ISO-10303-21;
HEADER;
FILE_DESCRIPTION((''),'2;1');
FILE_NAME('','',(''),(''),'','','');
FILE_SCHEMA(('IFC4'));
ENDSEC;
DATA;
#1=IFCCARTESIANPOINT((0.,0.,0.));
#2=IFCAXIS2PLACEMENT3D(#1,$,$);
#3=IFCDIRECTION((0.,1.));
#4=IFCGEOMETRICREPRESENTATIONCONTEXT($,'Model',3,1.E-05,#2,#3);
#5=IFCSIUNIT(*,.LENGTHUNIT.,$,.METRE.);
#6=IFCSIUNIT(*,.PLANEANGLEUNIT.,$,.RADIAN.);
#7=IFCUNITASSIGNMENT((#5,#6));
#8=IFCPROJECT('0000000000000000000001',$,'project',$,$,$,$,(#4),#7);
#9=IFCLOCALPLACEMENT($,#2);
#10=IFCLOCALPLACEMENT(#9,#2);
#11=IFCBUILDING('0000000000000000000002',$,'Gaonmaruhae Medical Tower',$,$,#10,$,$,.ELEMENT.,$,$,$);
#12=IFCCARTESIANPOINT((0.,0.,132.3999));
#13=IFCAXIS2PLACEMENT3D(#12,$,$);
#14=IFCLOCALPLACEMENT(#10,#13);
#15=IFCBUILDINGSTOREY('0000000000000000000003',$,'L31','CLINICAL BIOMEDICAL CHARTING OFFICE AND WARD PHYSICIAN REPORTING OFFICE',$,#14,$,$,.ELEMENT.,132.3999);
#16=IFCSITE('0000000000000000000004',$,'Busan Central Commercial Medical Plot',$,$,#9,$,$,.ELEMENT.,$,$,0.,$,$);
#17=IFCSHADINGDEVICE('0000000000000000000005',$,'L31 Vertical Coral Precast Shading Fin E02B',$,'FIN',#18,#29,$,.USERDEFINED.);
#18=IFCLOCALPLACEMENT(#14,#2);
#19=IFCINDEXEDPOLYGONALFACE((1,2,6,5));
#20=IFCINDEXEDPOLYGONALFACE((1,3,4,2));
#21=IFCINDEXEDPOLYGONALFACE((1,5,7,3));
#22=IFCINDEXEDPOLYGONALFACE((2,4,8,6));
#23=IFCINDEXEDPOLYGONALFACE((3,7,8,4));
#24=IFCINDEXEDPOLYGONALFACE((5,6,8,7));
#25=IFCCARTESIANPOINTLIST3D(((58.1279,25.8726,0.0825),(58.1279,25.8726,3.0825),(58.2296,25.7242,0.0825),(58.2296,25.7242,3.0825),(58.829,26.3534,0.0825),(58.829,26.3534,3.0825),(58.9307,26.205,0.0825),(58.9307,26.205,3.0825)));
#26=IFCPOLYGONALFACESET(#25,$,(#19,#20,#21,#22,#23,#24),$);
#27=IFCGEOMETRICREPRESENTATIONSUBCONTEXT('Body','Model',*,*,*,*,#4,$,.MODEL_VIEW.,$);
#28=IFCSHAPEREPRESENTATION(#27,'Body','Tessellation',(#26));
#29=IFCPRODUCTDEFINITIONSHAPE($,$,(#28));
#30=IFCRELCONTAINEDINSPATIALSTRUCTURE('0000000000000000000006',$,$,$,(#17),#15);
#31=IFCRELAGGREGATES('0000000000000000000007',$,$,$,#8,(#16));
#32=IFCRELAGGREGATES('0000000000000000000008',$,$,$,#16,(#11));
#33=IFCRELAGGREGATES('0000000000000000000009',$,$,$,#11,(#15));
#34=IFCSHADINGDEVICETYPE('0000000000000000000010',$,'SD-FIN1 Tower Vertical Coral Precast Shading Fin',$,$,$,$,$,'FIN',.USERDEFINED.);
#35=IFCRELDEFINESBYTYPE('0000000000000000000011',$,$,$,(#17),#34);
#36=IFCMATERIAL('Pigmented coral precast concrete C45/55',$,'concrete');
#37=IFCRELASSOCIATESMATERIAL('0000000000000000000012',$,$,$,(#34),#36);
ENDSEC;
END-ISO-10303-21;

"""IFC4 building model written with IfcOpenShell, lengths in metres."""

from ifc_helpers import new_model, si_unit, direction, frame, origin, origin_2d, place, context, subcontext, project, spatial, rectangle, extrude, material, type_object, element, save


model = new_model("IFC4")

# Units and contexts
model_context = context("Model", 3, precision=1e-05, world=origin(), true_north=direction((0.0, 1.0)))
body_context = subcontext(model_context, "Body", "Model", "MODEL_VIEW")
ifc_project = project(units=[si_unit("LENGTHUNIT", "METRE"), si_unit("PLANEANGLEUNIT", "RADIAN")], contexts=[model_context])

# Site, building, storey
site_placement = place(None, origin())
site = spatial("IfcSite", under=ifc_project, at=site_placement, Name="Busan Central Commercial Medical Plot", CompositionType="ELEMENT", RefElevation=0.0)
building_placement = place(site_placement, origin())
building = spatial("IfcBuilding", under=site, at=building_placement, Name="Gaonmaruhae Medical Tower", CompositionType="ELEMENT")
storey_placement = place(building_placement, frame((0.0, 0.0, 132.3999)))
storey = spatial("IfcBuildingStorey", under=building, at=storey_placement, Name="L31", Description="CLINICAL BIOMEDICAL CHARTING OFFICE AND WARD PHYSICIAN REPORTING OFFICE", CompositionType="ELEMENT", Elevation=132.3999)

# Shading device
ifc_material_1 = material(Name="Pigmented coral precast concrete C45/55", Category="concrete")
shading_device_type = type_object("IfcShadingDeviceType", Name="SD-FIN1 Tower Vertical Coral Precast Shading Fin", ElementType="FIN", PredefinedType="USERDEFINED", material=ifc_material_1)
for number, where, z_axis, x_axis, name in (
    (1, (58.5293, 26.0388, 0.0825), (0.0, 0.0, 1.0), (0.565557, -0.824709, 0.0), "L31 Vertical Coral Precast Shading Fin E02B"),
):
    element("IfcShadingDevice", number, at=place(storey_placement, frame(where, z_axis=z_axis, x_axis=x_axis)), inside=storey, type_object=shading_device_type, Name=name, ObjectType="FIN", PredefinedType="USERDEFINED", context=body_context, shape_type="SweptSolid", body=[
        extrude(rectangle(XDim=0.1799, YDim=0.8501, at=origin_2d()), origin(), (0.0, 0.0, 1.0), 3.0),
    ])

save(model, "model.ifc")
